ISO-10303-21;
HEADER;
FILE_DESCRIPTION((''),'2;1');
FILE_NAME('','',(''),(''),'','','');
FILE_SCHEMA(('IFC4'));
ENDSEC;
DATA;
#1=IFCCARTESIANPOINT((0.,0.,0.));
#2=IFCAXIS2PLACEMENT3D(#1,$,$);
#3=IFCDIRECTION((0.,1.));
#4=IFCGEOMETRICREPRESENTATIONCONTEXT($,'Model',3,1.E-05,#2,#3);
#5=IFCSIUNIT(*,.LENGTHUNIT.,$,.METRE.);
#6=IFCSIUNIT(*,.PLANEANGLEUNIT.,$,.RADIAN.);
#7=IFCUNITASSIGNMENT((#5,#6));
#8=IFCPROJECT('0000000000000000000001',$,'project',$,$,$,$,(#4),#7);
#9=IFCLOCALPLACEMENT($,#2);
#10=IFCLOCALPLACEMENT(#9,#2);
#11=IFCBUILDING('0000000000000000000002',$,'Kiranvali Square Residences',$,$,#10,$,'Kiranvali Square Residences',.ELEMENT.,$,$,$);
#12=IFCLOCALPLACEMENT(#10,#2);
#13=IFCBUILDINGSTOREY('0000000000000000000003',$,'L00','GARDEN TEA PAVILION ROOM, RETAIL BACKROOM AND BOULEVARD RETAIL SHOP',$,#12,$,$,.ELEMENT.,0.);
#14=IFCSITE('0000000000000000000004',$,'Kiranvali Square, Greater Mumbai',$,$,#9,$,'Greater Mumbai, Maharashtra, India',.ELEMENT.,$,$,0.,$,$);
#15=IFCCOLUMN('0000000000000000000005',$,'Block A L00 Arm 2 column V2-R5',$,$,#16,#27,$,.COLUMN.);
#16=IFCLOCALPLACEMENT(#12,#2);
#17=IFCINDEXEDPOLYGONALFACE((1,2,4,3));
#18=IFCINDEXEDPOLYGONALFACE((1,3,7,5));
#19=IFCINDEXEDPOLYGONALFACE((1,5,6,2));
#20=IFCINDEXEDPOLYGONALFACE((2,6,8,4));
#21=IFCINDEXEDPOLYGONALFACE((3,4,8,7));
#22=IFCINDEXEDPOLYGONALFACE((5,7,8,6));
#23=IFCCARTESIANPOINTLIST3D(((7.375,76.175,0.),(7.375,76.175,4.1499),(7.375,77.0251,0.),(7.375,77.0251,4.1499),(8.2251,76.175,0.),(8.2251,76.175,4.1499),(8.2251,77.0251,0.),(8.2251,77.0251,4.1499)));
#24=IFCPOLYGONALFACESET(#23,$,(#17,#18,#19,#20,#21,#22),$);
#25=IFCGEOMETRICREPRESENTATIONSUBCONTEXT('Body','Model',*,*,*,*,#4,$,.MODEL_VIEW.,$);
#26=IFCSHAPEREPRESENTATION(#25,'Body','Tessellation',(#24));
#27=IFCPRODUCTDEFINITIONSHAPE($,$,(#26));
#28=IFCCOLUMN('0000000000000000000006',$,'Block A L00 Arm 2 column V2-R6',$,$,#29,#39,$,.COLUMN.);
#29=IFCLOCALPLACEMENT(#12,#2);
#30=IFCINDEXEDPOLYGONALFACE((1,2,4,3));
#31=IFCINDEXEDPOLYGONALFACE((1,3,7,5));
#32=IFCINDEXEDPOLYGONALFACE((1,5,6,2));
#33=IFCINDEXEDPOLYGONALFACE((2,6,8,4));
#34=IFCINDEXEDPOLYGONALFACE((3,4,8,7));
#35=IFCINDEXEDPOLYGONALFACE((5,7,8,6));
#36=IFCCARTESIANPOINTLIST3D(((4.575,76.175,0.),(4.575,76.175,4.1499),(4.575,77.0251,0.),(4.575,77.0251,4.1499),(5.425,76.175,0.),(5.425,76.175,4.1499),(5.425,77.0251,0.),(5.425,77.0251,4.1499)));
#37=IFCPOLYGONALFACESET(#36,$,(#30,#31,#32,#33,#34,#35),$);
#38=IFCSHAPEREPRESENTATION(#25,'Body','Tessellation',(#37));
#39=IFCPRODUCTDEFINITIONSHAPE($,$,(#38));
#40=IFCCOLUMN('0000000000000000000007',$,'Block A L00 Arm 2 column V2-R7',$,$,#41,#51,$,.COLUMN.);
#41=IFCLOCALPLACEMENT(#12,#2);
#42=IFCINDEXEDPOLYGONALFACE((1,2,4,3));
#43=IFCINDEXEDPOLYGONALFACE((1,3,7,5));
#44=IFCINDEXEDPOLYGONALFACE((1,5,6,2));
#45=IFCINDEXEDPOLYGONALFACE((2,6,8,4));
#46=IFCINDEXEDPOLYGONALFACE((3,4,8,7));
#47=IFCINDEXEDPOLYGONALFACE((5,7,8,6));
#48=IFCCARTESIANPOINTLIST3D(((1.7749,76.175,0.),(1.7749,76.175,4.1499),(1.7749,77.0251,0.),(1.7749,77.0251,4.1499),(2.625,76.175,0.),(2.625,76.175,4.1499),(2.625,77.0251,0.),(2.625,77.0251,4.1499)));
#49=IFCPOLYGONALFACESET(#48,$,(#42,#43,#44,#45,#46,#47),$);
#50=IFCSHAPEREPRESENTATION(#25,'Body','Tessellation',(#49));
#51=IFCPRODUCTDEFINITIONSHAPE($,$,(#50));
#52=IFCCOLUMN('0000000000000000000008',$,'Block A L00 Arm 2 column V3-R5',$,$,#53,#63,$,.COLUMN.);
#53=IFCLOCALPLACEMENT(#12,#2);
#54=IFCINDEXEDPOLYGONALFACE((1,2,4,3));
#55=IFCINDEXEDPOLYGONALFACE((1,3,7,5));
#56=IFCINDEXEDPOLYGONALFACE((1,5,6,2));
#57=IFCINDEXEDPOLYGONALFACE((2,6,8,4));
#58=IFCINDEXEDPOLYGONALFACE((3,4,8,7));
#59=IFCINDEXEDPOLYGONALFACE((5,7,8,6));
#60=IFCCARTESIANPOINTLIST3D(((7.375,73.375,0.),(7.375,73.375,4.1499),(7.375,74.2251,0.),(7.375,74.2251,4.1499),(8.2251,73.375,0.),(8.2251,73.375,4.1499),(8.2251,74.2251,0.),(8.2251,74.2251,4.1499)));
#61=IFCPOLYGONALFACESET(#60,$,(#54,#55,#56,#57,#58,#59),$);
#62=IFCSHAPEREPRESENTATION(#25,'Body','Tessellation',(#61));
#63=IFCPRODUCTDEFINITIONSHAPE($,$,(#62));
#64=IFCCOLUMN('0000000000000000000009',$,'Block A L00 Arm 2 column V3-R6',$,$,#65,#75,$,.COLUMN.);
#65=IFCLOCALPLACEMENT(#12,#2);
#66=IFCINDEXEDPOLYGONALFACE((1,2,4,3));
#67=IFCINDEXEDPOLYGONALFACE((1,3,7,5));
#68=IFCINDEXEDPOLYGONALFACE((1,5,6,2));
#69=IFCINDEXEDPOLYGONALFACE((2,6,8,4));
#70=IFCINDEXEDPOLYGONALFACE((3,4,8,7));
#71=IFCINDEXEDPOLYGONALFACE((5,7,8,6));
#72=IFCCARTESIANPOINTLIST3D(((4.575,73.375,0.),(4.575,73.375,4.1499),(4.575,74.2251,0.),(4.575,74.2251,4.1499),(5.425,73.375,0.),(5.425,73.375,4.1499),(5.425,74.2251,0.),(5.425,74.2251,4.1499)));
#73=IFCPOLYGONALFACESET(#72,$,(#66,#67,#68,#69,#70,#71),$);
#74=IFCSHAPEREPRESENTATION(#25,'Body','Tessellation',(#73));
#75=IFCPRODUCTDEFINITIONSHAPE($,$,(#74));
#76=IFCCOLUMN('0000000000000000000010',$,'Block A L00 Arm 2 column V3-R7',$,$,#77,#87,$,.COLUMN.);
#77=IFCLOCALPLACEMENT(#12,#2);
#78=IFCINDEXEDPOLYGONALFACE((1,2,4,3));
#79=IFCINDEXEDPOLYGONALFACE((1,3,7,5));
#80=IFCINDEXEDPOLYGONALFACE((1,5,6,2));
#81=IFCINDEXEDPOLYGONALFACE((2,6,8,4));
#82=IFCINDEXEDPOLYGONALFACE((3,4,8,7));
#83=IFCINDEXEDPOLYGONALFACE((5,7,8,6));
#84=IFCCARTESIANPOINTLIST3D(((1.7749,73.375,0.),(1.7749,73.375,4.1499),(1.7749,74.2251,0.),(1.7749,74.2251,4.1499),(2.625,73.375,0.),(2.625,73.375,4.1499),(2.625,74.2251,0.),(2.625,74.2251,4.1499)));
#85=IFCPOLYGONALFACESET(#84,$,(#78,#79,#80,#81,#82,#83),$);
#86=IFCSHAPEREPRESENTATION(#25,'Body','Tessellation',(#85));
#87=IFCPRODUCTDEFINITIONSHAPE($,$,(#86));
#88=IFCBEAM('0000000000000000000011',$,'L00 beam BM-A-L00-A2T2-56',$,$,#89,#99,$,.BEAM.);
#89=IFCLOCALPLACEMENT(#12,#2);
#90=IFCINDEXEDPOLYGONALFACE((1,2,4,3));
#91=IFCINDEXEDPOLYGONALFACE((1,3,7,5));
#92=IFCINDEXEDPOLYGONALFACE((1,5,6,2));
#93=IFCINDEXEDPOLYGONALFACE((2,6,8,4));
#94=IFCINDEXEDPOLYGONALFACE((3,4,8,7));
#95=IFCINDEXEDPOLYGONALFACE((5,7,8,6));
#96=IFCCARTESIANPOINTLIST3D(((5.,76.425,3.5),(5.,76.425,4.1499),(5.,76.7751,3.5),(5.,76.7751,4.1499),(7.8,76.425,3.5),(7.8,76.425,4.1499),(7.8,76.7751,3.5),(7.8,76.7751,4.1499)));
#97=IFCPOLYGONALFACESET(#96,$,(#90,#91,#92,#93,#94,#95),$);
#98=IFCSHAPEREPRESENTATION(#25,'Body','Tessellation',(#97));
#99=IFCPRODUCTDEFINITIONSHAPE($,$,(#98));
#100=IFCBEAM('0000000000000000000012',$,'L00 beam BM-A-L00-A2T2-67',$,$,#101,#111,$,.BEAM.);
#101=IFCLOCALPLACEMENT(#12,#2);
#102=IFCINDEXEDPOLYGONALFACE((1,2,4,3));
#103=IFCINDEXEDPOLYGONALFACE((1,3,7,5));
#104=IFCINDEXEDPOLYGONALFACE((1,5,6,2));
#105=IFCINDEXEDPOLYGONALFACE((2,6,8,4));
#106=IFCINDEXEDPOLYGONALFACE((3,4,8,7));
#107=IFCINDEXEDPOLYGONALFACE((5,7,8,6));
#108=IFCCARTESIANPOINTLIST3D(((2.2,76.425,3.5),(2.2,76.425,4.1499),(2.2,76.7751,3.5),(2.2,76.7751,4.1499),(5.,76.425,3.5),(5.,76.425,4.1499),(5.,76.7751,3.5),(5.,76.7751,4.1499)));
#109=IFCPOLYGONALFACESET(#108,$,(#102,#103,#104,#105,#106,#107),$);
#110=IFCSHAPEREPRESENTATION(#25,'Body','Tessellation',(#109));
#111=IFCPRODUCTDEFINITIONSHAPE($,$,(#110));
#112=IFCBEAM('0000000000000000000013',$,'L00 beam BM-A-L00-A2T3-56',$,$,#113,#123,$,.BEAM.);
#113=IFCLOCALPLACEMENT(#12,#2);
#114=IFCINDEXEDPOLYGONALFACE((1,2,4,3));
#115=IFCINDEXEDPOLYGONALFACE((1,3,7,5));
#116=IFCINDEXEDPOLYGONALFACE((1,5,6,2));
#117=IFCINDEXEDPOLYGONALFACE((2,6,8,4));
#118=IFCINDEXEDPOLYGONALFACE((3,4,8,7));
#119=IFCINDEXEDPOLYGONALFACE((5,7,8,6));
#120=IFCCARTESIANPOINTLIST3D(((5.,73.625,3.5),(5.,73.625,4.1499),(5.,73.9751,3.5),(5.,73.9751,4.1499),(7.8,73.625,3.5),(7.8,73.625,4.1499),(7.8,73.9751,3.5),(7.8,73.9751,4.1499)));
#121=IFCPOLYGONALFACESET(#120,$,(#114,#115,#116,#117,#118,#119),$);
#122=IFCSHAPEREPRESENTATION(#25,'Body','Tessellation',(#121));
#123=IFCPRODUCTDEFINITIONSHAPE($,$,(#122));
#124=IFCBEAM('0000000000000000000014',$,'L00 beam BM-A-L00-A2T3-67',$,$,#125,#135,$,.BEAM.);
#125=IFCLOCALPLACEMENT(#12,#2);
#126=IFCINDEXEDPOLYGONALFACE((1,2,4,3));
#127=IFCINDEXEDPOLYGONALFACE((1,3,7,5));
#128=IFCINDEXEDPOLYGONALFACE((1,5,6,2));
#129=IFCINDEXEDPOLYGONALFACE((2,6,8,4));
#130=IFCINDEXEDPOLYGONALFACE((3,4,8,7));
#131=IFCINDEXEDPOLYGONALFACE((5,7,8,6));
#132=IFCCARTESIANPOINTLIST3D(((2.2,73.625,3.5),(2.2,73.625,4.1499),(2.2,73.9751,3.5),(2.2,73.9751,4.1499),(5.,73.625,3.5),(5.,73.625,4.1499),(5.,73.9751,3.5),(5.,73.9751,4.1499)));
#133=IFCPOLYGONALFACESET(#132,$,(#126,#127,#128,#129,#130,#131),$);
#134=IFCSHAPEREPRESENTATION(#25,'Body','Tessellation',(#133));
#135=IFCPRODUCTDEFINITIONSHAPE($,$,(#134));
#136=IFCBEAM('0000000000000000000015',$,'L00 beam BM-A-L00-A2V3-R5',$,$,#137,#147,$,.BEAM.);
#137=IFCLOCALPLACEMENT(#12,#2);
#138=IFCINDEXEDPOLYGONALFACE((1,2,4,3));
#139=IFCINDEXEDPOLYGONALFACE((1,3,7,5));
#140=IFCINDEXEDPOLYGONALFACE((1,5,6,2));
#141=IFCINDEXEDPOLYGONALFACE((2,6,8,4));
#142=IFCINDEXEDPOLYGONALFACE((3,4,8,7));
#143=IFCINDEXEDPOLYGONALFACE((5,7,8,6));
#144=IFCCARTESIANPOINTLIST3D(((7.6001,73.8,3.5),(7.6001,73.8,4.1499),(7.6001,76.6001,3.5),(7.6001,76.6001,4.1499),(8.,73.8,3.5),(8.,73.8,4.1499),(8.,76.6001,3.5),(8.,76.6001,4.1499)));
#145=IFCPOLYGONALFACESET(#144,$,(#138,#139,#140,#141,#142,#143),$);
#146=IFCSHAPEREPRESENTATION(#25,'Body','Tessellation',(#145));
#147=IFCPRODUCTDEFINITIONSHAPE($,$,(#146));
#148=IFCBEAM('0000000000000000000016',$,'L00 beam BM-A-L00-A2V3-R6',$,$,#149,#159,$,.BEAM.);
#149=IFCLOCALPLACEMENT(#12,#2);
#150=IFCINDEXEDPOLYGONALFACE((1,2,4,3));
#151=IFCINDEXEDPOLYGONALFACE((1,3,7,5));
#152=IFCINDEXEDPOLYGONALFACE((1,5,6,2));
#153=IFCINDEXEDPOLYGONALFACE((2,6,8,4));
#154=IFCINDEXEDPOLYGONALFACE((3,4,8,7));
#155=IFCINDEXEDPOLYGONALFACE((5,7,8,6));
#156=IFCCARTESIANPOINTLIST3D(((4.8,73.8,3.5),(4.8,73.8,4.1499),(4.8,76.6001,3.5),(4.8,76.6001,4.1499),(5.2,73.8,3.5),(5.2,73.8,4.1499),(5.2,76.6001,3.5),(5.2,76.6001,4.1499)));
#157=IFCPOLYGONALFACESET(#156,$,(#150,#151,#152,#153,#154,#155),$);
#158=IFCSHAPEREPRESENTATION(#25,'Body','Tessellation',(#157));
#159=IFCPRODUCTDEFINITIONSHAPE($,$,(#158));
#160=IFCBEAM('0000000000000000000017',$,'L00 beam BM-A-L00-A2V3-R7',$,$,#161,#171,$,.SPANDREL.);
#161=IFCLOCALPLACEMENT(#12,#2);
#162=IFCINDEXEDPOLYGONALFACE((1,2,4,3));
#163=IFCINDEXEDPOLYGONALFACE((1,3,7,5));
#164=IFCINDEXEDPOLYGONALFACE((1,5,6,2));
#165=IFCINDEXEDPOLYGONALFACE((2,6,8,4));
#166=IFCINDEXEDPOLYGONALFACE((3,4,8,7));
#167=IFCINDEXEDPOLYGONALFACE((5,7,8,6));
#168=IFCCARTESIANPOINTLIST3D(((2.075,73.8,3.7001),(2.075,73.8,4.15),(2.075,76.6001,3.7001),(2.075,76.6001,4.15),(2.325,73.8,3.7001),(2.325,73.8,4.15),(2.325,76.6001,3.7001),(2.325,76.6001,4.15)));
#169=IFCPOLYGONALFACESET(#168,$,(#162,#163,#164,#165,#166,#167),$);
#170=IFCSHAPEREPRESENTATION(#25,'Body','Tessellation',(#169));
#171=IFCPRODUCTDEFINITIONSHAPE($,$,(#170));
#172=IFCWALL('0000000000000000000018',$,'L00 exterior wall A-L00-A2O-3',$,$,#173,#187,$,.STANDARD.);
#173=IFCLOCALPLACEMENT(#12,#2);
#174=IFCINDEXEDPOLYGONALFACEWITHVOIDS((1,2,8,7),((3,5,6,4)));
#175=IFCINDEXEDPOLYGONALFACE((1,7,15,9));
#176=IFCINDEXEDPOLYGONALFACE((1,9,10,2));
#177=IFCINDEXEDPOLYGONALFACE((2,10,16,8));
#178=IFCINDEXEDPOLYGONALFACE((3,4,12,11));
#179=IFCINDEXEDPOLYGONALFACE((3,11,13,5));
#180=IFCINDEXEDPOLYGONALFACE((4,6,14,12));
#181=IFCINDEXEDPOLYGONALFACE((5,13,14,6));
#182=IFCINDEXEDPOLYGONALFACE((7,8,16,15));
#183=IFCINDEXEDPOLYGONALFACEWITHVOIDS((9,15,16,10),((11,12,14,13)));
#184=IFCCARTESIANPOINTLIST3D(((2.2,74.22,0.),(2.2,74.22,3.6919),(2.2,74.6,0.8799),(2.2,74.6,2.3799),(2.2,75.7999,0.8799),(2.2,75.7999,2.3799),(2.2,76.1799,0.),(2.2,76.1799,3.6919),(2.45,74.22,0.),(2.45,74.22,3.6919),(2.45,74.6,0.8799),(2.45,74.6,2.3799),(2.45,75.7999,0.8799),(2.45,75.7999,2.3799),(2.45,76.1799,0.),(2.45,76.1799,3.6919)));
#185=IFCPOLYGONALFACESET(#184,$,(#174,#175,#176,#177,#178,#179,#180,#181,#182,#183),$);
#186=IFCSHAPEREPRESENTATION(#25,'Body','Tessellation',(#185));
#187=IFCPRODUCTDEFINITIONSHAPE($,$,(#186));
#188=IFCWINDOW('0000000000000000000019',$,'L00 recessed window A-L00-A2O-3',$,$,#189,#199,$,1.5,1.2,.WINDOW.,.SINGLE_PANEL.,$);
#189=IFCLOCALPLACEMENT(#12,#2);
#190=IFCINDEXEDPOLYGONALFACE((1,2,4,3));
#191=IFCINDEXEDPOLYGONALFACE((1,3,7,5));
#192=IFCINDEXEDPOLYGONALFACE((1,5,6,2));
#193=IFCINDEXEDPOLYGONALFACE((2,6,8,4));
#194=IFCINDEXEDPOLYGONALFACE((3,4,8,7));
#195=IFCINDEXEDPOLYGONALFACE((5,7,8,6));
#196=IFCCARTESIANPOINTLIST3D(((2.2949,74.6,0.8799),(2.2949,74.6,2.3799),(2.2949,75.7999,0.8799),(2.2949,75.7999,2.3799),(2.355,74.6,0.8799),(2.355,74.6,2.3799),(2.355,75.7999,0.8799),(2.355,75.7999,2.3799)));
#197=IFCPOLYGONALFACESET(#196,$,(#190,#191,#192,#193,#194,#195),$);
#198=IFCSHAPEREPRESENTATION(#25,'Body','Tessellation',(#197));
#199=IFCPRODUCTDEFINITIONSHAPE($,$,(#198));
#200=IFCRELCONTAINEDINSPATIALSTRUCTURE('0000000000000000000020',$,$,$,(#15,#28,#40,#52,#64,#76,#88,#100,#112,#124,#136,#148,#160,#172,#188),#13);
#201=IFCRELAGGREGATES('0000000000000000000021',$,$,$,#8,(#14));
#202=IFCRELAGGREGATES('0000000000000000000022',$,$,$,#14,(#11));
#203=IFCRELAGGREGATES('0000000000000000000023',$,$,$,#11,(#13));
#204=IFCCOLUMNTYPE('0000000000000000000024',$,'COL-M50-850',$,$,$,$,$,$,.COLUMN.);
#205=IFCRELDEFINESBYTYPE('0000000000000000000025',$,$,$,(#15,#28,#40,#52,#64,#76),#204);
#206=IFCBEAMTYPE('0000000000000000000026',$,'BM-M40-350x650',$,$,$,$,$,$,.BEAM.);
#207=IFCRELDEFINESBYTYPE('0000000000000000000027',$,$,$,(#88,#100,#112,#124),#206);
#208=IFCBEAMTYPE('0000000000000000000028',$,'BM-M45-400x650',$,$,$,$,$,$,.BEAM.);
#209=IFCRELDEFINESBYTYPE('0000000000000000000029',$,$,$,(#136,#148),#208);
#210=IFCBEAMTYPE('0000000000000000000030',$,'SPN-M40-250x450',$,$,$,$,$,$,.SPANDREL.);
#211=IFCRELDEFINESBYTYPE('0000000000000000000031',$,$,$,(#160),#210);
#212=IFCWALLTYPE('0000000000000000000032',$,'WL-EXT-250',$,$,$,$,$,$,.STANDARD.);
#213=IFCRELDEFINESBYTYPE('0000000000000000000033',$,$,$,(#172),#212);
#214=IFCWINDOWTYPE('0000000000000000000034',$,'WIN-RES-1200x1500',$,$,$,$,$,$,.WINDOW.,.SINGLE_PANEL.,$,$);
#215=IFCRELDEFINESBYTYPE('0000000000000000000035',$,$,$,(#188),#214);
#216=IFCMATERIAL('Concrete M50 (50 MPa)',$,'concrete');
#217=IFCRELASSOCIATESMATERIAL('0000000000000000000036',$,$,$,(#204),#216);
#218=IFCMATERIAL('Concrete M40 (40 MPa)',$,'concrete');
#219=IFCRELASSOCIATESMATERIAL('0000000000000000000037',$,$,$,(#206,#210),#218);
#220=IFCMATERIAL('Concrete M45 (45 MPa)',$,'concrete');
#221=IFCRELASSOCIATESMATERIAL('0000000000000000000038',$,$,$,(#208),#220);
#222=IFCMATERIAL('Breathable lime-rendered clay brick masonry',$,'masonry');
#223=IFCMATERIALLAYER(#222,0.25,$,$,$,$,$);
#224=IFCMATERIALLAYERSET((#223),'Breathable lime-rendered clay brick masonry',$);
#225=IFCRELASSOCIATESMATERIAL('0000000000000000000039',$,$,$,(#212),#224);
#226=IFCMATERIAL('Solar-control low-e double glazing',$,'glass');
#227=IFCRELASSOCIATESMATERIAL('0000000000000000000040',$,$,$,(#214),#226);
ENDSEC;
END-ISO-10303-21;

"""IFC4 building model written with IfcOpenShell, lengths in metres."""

from ifc_helpers import new_model, si_unit, direction, frame, frame_2d, origin, origin_2d, place, context, subcontext, project, spatial, rectangle, extrude, material, layer, layer_set, material_profile, profile_set, type_object, element, fill, save


model = new_model("IFC4")

# Units and contexts
model_context = context("Model", 3, precision=1e-05, world=origin(), true_north=direction((0.0, 1.0)))
body_context = subcontext(model_context, "Body", "Model", "MODEL_VIEW")
ifc_project = project(units=[si_unit("LENGTHUNIT", "METRE"), si_unit("PLANEANGLEUNIT", "RADIAN")], contexts=[model_context])

# Site, building, storey
site_placement = place(None, origin())
site = spatial("IfcSite", under=ifc_project, at=site_placement, Name="Kiranvali Square, Greater Mumbai", LongName="Greater Mumbai, Maharashtra, India", CompositionType="ELEMENT", RefElevation=0.0)
building_placement = place(site_placement, origin())
building = spatial("IfcBuilding", under=site, at=building_placement, Name="Kiranvali Square Residences", LongName="Kiranvali Square Residences", CompositionType="ELEMENT")
storey_placement = place(building_placement, origin())
storey = spatial("IfcBuildingStorey", under=building, at=storey_placement, Name="L00", Description="GARDEN TEA PAVILION ROOM, RETAIL BACKROOM AND BOULEVARD RETAIL SHOP", CompositionType="ELEMENT", Elevation=0.0)

# Columns
ifc_material_1 = material(Name="Concrete M50 (50 MPa)", Category="concrete")
ifc_material_profile_1 = material_profile(ifc_material_1, rectangle(XDim=0.8501, YDim=0.8501, at=origin_2d()), Name="RC 850x850")
ifc_profile_set_1 = profile_set([ifc_material_profile_1], Name="Concrete M50 (50 MPa)")
column_type = type_object("IfcColumnType", Name="COL-M50-850", PredefinedType="COLUMN", material=ifc_profile_set_1)
for number, where, z_axis, x_axis, name in (
    (1, (7.8, 76.6001, 0.0), (0.0, 0.0, 1.0), (1.0, 0.0, 0.0), "Block A L00 Arm 2 column V2-R5"),
    (2, (5.0, 76.6001, 0.0), (0.0, 0.0, 1.0), (1.0, 0.0, 0.0), "Block A L00 Arm 2 column V2-R6"),
    (3, (2.2, 76.6001, 0.0), (0.0, 0.0, 1.0), (1.0, 0.0, 0.0), "Block A L00 Arm 2 column V2-R7"),
    (4, (7.8, 73.8, 0.0), (0.0, 0.0, 1.0), (1.0, 0.0, 0.0), "Block A L00 Arm 2 column V3-R5"),
    (5, (5.0, 73.8, 0.0), (0.0, 0.0, 1.0), (1.0, 0.0, 0.0), "Block A L00 Arm 2 column V3-R6"),
    (6, (2.2, 73.8, 0.0), (0.0, 0.0, 1.0), (1.0, 0.0, 0.0), "Block A L00 Arm 2 column V3-R7"),
):
    element("IfcColumn", number, at=place(storey_placement, frame(where, z_axis=z_axis, x_axis=x_axis)), inside=storey, type_object=column_type, Name=name, PredefinedType="COLUMN", context=body_context, shape_type="SweptSolid", body=[
        extrude(rectangle(XDim=0.8501, YDim=0.8501, at=origin_2d()), origin(), (0.0, 0.0, 1.0), 4.1499),
    ])

# Beams
ifc_material_2 = material(Name="Concrete M40 (40 MPa)", Category="concrete")
ifc_material_profile_2 = material_profile(ifc_material_2, rectangle(XDim=0.3501, YDim=0.6499, at=origin_2d()), Name="RC 350x650")
ifc_profile_set_2 = profile_set([ifc_material_profile_2], Name="Concrete M40 (40 MPa)")
beam_type_1 = type_object("IfcBeamType", Name="BM-M40-350x650", PredefinedType="BEAM", material=ifc_profile_set_2)
for number, where, z_axis, x_axis, name in (
    (7, (7.8, 76.6001, 3.825), (-1.0, 0.0, 0.0), (0.0, -1.0, 0.0), "L00 beam BM-A-L00-A2T2-56"),
    (8, (5.0, 76.6001, 3.825), (-1.0, 0.0, 0.0), (0.0, -1.0, 0.0), "L00 beam BM-A-L00-A2T2-67"),
    (9, (7.8, 73.8, 3.825), (-1.0, 0.0, 0.0), (0.0, -1.0, 0.0), "L00 beam BM-A-L00-A2T3-56"),
    (10, (5.0, 73.8, 3.825), (-1.0, 0.0, 0.0), (0.0, -1.0, 0.0), "L00 beam BM-A-L00-A2T3-67"),
):
    element("IfcBeam", number, at=place(storey_placement, frame(where, z_axis=z_axis, x_axis=x_axis)), inside=storey, type_object=beam_type_1, Name=name, PredefinedType="BEAM", context=body_context, shape_type="SweptSolid", body=[
        extrude(rectangle(XDim=0.3501, YDim=0.6499, at=origin_2d()), origin(), (0.0, 0.0, 1.0), 2.8),
    ])
ifc_material_3 = material(Name="Concrete M45 (45 MPa)", Category="concrete")
ifc_material_profile_3 = material_profile(ifc_material_3, rectangle(XDim=0.3999, YDim=0.6499, at=origin_2d()), Name="RC 400x650")
ifc_profile_set_3 = profile_set([ifc_material_profile_3], Name="Concrete M45 (45 MPa)")
beam_type_2 = type_object("IfcBeamType", Name="BM-M45-400x650", PredefinedType="BEAM", material=ifc_profile_set_3)
for number, where, z_axis, x_axis, name in (
    (11, (7.8, 76.6001, 3.825), (0.0, -1.0, 0.0), (1.0, 0.0, 0.0), "L00 beam BM-A-L00-A2V3-R5"),
    (12, (5.0, 76.6001, 3.825), (0.0, -1.0, 0.0), (1.0, 0.0, 0.0), "L00 beam BM-A-L00-A2V3-R6"),
):
    element("IfcBeam", number, at=place(storey_placement, frame(where, z_axis=z_axis, x_axis=x_axis)), inside=storey, type_object=beam_type_2, Name=name, PredefinedType="BEAM", context=body_context, shape_type="SweptSolid", body=[
        extrude(rectangle(XDim=0.3999, YDim=0.6499, at=origin_2d()), origin(), (0.0, 0.0, 1.0), 2.8),
    ])
ifc_material_profile_4 = material_profile(ifc_material_2, rectangle(XDim=0.25, YDim=0.45, at=origin_2d()), Name="RC 250x450")
ifc_profile_set_4 = profile_set([ifc_material_profile_4], Name="Concrete M40 (40 MPa)")
beam_type_3 = type_object("IfcBeamType", Name="SPN-M40-250x450", PredefinedType="SPANDREL", material=ifc_profile_set_4)
beam_placement = place(storey_placement, frame((2.2, 76.6001, 3.925), z_axis=(0.0, -1.0, 0.0), x_axis=(1.0, 0.0, 0.0)))
element("IfcBeam", 13, at=beam_placement, inside=storey, type_object=beam_type_3, Name="L00 beam BM-A-L00-A2V3-R7", PredefinedType="SPANDREL", context=body_context, shape_type="SweptSolid", body=[
    extrude(rectangle(XDim=0.25, YDim=0.45, at=origin_2d()), origin(), (0.0, 0.0, 1.0), 2.8),
])

# Wall, opening, window
ifc_material_4 = material(Name="Breathable lime-rendered clay brick masonry", Category="masonry")
ifc_layer = layer(ifc_material_4, 0.25)
ifc_layer_set = layer_set([ifc_layer], Name="Breathable lime-rendered clay brick masonry")
wall_type = type_object("IfcWallType", Name="WL-EXT-250", PredefinedType="STANDARD", material=ifc_layer_set)
wall_1_placement = place(storey_placement, frame((2.325, 76.1799, 0.0), z_axis=(0.0, 0.0, 1.0), x_axis=(0.0, -1.0, 0.0)))
wall_1 = element("IfcWall", 14, at=wall_1_placement, inside=storey, type_object=wall_type, Name="L00 exterior wall A-L00-A2O-3", PredefinedType="STANDARD", context=body_context, shape_type="SweptSolid", body=[
    extrude(rectangle(XDim=1.96, YDim=0.25, at=frame_2d((0.98, 0.0))), origin(), (0.0, 0.0, 1.0), 3.6919),
])
opening_1_placement = place(wall_1_placement, frame((0.3799, 0.0, 0.8799)))
opening_1 = element("IfcOpeningElement", 15, at=opening_1_placement, cuts=wall_1, PredefinedType="OPENING", context=body_context, shape_type="SweptSolid", body=[
    extrude(rectangle(XDim=1.2, YDim=1.5, at=frame_2d((0.6001, 0.75))), frame((0.0, 0.135, 0.0), z_axis=(0.0, -1.0, 0.0), x_axis=(1.0, 0.0, 0.0)), (0.0, 0.0, 1.0), 0.27),
])
ifc_material_5 = material(Name="Solar-control low-e double glazing", Category="glass")
window_type = type_object("IfcWindowType", Name="WIN-RES-1200x1500", PartitioningType="SINGLE_PANEL", PredefinedType="WINDOW", material=ifc_material_5)
window_1_placement = place(opening_1_placement, origin())
window_1 = element("IfcWindow", 16, at=window_1_placement, inside=storey, type_object=window_type, Name="L00 recessed window A-L00-A2O-3", OverallHeight=1.5, OverallWidth=1.2, PartitioningType="SINGLE_PANEL", PredefinedType="WINDOW", context=body_context, shape_type="SweptSolid", body=[
    extrude(rectangle(XDim=1.2, YDim=1.5, at=frame_2d((0.6001, 0.75))), frame((0.0, 0.03, 0.0), z_axis=(0.0, -1.0, 0.0), x_axis=(1.0, 0.0, 0.0)), (0.0, 0.0, 1.0), 0.0601),
])
fill(opening_1, window_1)

save(model, "model.ifc")
